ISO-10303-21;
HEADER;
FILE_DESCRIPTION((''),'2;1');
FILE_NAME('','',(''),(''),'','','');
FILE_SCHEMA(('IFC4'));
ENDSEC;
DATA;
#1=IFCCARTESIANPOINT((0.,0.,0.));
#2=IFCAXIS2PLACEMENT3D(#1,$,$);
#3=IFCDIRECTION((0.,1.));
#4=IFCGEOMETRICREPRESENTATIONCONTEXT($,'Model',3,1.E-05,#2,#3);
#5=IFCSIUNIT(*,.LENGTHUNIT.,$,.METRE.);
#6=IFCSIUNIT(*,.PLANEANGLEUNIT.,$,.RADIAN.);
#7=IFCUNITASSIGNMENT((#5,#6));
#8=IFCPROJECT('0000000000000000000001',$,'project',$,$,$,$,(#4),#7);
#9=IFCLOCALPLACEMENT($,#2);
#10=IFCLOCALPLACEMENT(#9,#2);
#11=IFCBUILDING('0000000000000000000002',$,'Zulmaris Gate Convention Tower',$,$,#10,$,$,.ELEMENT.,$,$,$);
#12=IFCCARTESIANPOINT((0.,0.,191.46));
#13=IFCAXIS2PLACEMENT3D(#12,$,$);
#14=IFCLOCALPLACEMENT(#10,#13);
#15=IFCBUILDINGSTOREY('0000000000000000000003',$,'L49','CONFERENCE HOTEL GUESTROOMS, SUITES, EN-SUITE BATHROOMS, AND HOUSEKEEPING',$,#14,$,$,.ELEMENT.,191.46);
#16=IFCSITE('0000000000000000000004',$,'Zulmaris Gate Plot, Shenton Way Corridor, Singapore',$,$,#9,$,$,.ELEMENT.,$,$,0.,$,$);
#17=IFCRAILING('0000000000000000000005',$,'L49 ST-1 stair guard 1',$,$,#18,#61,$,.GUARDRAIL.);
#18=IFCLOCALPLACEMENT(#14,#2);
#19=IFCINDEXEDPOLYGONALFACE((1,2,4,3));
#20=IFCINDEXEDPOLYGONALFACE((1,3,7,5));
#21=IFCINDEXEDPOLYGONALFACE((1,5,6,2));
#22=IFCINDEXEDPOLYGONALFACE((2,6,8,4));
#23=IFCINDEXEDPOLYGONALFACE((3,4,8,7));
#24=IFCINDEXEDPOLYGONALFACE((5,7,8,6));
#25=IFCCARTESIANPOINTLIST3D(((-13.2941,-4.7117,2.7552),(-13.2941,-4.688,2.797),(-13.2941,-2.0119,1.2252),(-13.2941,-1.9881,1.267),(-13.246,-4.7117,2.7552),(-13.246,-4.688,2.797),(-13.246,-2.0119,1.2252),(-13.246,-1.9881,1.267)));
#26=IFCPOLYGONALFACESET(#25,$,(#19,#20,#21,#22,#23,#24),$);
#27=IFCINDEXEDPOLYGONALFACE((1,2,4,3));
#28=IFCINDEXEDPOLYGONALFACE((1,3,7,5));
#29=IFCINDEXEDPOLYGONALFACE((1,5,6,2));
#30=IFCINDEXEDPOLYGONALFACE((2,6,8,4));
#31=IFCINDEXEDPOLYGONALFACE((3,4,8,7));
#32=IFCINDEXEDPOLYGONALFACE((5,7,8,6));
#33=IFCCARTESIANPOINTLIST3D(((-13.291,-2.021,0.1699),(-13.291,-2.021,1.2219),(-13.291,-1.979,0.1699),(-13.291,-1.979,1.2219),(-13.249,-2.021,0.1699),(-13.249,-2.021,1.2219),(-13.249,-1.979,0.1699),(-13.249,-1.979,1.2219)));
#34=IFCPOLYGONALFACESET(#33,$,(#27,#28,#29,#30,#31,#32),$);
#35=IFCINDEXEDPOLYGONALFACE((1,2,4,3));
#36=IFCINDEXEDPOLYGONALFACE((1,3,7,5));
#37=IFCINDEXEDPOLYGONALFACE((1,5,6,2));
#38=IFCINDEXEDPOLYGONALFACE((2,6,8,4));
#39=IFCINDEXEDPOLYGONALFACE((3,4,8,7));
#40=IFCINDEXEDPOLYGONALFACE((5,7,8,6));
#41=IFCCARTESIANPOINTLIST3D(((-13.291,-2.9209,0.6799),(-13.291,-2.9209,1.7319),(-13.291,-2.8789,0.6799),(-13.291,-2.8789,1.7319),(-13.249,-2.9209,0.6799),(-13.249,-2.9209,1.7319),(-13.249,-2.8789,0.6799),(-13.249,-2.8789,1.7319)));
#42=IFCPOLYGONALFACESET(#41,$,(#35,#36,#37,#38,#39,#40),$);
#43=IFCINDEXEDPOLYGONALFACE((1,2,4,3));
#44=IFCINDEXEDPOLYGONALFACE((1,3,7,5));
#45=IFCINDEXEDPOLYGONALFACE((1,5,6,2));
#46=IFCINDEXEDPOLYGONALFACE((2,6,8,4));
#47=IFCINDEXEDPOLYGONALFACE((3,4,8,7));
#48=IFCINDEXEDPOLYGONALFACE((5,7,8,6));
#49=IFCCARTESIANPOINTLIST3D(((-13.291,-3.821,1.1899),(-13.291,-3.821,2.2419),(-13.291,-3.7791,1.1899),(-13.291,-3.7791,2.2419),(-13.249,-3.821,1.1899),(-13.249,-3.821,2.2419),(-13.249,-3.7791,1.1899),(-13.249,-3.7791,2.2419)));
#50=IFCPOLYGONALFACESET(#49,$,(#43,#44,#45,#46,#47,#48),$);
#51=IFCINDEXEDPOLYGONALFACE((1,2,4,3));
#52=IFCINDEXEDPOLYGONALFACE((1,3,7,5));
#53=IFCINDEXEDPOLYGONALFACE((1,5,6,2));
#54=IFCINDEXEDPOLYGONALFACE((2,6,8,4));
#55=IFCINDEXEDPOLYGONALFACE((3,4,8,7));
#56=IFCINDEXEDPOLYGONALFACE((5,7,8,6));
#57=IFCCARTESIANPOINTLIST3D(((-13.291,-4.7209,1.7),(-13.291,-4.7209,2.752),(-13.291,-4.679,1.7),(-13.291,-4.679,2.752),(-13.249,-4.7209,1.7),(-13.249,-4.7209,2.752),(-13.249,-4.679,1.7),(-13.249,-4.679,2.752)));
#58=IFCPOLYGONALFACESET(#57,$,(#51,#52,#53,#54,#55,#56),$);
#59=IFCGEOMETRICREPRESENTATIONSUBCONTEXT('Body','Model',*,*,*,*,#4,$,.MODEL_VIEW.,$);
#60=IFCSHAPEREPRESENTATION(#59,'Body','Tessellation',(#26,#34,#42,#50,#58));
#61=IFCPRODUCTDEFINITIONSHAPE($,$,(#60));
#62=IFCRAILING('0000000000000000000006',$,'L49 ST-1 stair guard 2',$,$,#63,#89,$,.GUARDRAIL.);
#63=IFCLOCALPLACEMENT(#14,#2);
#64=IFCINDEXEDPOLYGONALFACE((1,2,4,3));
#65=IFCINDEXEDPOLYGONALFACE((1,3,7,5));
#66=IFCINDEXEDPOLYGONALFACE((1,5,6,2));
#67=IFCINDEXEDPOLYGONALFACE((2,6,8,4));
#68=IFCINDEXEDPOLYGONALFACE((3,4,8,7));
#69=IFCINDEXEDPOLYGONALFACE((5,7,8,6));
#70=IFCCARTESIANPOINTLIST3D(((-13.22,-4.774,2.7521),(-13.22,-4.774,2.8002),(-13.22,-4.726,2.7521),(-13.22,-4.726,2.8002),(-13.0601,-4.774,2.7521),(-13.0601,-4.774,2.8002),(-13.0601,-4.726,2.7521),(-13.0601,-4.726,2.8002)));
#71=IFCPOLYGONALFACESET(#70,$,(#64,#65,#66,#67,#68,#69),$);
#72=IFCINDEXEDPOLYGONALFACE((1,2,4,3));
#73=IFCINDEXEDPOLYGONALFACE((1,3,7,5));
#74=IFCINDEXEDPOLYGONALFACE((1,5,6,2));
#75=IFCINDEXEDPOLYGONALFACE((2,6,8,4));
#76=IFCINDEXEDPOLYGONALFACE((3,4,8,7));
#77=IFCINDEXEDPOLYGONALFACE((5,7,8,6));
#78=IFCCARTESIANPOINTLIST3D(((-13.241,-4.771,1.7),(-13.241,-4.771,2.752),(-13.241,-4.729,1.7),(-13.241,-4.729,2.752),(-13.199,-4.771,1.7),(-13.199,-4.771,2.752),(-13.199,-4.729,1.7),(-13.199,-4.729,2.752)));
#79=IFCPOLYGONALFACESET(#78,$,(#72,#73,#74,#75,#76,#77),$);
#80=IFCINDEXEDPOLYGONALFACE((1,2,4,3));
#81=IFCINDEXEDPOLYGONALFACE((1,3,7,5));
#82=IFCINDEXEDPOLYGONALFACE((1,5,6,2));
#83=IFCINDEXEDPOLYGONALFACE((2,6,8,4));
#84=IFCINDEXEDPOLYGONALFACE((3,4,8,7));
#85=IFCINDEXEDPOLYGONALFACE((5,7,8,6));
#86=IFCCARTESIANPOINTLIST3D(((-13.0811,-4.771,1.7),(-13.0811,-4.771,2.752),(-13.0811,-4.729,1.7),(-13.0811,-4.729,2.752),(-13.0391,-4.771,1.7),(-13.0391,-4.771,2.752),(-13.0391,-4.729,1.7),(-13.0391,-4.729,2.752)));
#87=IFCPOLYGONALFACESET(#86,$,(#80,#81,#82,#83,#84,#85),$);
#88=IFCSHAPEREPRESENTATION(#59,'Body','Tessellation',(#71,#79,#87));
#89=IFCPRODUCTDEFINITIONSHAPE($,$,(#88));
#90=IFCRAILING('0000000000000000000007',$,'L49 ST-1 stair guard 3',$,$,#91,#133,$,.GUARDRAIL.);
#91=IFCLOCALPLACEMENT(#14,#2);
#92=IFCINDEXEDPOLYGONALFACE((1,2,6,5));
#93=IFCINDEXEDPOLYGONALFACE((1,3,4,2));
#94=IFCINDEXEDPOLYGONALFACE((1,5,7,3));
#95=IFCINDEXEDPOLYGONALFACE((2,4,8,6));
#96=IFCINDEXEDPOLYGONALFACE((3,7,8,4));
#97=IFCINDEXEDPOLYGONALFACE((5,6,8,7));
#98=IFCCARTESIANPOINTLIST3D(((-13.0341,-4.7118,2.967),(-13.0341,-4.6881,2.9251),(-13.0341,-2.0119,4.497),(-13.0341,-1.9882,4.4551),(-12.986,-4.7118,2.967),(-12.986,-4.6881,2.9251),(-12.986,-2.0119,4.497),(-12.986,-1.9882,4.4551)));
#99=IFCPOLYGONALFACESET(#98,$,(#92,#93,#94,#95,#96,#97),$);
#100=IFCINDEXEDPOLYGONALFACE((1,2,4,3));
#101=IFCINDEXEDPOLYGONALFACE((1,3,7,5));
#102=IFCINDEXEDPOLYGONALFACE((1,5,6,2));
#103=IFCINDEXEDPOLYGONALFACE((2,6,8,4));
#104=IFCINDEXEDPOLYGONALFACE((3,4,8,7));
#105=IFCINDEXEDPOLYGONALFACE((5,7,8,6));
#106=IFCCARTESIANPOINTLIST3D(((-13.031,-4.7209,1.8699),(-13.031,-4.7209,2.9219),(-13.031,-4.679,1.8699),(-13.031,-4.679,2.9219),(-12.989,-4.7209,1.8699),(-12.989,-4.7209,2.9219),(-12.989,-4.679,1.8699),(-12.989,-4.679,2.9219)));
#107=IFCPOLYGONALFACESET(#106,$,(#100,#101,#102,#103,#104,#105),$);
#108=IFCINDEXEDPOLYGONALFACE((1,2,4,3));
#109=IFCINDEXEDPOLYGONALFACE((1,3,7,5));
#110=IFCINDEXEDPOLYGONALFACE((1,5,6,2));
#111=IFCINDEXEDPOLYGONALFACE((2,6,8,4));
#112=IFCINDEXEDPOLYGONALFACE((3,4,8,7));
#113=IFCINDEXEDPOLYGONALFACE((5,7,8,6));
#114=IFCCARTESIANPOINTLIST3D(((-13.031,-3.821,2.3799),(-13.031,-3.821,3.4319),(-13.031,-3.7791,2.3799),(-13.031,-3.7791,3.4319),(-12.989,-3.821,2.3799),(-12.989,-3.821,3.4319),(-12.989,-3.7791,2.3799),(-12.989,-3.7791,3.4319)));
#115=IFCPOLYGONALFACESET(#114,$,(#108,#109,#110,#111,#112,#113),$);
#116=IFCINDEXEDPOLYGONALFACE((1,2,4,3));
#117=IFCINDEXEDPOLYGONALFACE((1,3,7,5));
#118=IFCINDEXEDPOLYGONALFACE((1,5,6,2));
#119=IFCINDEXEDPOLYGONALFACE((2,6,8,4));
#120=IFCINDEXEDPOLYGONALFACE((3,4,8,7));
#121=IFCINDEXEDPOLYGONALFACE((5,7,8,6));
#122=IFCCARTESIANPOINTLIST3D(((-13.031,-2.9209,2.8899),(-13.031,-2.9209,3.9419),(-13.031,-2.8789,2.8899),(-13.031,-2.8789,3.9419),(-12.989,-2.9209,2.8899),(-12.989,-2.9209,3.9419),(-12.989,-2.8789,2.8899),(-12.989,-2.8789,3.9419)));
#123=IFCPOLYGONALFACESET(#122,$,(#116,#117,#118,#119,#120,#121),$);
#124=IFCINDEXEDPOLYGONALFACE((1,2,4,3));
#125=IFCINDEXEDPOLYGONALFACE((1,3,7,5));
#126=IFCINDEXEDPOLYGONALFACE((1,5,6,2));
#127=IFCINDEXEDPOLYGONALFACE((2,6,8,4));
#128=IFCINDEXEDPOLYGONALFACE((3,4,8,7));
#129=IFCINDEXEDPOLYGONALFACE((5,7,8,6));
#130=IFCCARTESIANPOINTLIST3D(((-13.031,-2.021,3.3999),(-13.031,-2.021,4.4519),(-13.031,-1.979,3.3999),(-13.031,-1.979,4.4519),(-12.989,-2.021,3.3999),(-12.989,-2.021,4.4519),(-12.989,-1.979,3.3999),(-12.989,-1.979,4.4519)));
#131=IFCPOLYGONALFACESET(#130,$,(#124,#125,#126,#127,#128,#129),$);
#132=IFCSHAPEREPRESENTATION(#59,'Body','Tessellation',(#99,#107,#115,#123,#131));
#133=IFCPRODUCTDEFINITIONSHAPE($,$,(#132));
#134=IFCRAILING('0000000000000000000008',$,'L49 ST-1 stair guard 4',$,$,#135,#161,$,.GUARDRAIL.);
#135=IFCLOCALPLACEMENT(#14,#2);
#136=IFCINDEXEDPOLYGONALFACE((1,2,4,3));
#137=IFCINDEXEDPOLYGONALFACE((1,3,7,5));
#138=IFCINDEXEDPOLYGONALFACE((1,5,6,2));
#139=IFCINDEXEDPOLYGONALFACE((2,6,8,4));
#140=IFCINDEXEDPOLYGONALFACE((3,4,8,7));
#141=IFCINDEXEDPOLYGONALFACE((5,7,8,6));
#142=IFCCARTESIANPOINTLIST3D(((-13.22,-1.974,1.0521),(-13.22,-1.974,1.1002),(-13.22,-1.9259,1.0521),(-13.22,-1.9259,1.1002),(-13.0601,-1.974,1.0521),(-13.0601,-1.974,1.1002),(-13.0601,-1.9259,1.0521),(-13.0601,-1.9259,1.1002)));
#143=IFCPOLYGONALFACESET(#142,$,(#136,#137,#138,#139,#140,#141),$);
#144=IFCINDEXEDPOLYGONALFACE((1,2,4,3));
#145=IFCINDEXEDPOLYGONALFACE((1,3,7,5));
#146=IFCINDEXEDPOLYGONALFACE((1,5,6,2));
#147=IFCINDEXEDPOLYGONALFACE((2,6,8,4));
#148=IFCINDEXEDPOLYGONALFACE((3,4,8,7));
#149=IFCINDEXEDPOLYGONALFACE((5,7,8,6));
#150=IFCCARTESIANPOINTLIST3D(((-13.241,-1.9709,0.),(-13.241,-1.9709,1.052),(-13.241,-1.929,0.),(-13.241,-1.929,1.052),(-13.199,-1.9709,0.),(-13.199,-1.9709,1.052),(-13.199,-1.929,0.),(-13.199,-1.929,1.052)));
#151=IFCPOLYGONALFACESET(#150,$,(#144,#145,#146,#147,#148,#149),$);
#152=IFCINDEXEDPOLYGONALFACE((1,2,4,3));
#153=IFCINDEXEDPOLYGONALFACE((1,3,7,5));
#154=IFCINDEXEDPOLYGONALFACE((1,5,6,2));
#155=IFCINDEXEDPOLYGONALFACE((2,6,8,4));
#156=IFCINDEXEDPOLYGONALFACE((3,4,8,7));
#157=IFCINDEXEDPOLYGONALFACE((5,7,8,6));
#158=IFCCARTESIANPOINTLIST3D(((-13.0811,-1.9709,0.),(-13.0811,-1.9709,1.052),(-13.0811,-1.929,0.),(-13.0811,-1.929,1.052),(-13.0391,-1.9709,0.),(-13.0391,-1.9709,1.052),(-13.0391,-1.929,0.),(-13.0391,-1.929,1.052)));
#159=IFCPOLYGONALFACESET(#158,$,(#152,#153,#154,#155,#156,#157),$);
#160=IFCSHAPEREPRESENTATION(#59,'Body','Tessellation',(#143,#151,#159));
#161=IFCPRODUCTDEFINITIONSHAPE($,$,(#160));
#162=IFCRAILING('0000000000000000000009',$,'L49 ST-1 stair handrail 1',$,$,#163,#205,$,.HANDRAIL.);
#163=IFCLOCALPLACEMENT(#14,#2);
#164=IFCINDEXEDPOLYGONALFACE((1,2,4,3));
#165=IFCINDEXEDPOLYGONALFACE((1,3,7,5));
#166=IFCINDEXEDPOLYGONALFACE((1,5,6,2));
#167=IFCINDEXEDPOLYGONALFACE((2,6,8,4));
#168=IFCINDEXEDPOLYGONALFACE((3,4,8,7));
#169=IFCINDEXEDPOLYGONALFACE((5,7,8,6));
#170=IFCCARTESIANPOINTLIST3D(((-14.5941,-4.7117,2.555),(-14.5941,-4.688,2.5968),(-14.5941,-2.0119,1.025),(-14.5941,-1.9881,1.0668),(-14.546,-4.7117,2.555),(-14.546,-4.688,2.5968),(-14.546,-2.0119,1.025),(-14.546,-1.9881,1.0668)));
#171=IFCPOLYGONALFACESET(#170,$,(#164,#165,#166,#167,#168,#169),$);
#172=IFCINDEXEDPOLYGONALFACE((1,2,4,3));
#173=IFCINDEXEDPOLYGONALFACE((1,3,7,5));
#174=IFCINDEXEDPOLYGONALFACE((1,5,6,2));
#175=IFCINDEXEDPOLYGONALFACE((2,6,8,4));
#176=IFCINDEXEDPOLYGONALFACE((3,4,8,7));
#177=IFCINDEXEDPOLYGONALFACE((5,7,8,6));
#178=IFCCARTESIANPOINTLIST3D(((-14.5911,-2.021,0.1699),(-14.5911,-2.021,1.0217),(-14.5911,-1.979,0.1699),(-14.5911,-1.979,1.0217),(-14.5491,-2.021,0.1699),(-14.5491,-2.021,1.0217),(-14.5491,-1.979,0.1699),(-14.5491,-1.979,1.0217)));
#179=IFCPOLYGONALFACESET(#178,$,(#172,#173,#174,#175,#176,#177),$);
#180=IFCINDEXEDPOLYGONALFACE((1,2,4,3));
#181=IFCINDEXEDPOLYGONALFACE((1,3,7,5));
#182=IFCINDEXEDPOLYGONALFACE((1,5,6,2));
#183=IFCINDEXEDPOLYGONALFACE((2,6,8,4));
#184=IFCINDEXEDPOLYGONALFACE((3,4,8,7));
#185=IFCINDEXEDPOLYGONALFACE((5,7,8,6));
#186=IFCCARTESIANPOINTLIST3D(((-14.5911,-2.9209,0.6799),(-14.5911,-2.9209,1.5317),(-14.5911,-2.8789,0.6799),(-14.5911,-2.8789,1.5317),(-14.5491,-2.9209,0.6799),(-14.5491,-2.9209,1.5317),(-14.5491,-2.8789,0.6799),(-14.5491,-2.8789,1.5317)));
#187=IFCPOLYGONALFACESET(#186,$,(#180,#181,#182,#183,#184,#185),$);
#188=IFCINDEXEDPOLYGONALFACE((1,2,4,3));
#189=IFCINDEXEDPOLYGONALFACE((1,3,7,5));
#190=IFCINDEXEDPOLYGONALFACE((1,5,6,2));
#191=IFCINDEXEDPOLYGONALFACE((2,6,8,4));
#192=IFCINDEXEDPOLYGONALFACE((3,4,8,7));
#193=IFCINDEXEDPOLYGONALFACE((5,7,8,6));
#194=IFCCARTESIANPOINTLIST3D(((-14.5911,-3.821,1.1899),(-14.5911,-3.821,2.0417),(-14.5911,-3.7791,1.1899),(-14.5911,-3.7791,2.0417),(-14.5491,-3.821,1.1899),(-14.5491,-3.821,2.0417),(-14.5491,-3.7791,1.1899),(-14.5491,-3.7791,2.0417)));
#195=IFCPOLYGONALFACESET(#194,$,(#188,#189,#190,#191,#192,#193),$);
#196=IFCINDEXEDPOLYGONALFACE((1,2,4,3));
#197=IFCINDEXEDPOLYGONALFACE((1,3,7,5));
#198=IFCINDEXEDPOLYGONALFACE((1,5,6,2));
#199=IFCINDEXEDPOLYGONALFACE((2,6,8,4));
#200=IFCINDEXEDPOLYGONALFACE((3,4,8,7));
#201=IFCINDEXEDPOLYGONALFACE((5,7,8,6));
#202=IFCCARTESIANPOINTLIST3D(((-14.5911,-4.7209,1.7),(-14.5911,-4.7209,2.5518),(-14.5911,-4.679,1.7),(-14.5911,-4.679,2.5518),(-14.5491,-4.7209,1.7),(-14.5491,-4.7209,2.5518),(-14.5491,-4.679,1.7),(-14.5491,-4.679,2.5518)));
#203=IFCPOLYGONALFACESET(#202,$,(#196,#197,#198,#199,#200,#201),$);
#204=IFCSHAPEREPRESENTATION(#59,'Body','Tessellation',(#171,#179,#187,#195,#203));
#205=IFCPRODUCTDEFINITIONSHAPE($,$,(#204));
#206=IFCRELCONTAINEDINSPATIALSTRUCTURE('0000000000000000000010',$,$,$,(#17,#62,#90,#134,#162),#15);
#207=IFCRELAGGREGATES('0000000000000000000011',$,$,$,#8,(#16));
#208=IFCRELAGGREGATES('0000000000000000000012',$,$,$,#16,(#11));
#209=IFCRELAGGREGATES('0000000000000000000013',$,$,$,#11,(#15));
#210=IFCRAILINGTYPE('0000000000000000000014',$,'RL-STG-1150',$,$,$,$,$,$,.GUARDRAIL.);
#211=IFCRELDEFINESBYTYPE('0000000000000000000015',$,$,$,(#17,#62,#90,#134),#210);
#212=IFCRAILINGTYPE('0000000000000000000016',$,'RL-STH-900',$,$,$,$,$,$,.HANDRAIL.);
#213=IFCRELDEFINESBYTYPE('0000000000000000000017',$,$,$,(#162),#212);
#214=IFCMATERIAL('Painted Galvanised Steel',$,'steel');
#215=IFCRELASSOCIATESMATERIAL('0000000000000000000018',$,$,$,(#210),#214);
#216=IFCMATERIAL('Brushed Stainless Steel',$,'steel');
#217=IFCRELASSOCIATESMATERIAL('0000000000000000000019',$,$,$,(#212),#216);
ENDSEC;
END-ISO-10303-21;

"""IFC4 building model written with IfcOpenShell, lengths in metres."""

from ifc_helpers import new_model, si_unit, direction, frame, origin, origin_2d, place, context, subcontext, project, spatial, rectangle, extrude, material, type_object, element, save


model = new_model("IFC4")

# Units and contexts
model_context = context("Model", 3, precision=1e-05, world=origin(), true_north=direction((0.0, 1.0)))
body_context = subcontext(model_context, "Body", "Model", "MODEL_VIEW")
ifc_project = project(units=[si_unit("LENGTHUNIT", "METRE"), si_unit("PLANEANGLEUNIT", "RADIAN")], contexts=[model_context])

# Site, building, storey
site_placement = place(None, origin())
site = spatial("IfcSite", under=ifc_project, at=site_placement, Name="Zulmaris Gate Plot, Shenton Way Corridor, Singapore", CompositionType="ELEMENT", RefElevation=0.0)
building_placement = place(site_placement, origin())
building = spatial("IfcBuilding", under=site, at=building_placement, Name="Zulmaris Gate Convention Tower", CompositionType="ELEMENT")
storey_placement = place(building_placement, frame((0.0, 0.0, 191.46)))
storey = spatial("IfcBuildingStorey", under=building, at=storey_placement, Name="L49", Description="CONFERENCE HOTEL GUESTROOMS, SUITES, EN-SUITE BATHROOMS, AND HOUSEKEEPING", CompositionType="ELEMENT", Elevation=191.46)

# Railings
ifc_material_1 = material(Name="Painted Galvanised Steel", Category="steel")
railing_type_1 = type_object("IfcRailingType", Name="RL-STG-1150", PredefinedType="GUARDRAIL", material=ifc_material_1)
railing_1_placement = place(storey_placement, frame((-13.27, -2.0, 0.1699)))
element("IfcRailing", 1, at=railing_1_placement, inside=storey, type_object=railing_type_1, Name="L49 ST-1 stair guard 1", PredefinedType="GUARDRAIL", context=body_context, shape_type="SweptSolid", body=[
    extrude(rectangle(XDim=0.0481, YDim=0.0481, at=origin_2d()), frame((0.0, 0.0, 1.0762), z_axis=(0.0, -0.870014, 0.493026), x_axis=(1.0, 0.0, 0.0)), (0.0, 0.0, 1.0), 3.1033),
    extrude(rectangle(XDim=0.042, YDim=0.042, at=origin_2d()), origin(), (0.0, 0.0, 1.0), 1.052),
    extrude(rectangle(XDim=0.042, YDim=0.042, at=origin_2d()), frame((0.0, -0.8999, 0.51)), (0.0, 0.0, 1.0), 1.052),
    extrude(rectangle(XDim=0.042, YDim=0.042, at=origin_2d()), frame((0.0, -1.8, 1.02)), (0.0, 0.0, 1.0), 1.052),
    extrude(rectangle(XDim=0.042, YDim=0.042, at=origin_2d()), frame((0.0, -2.7, 1.53)), (0.0, 0.0, 1.0), 1.052),
])
railing_2_placement = place(storey_placement, frame((-13.22, -4.75, 1.7)))
element("IfcRailing", 2, at=railing_2_placement, inside=storey, type_object=railing_type_1, Name="L49 ST-1 stair guard 2", PredefinedType="GUARDRAIL", context=body_context, shape_type="SweptSolid", body=[
    extrude(rectangle(XDim=0.0481, YDim=0.0481, at=origin_2d()), frame((0.0, 0.0, 1.0762), z_axis=(1.0, 0.0, 0.0), x_axis=(0.0, 1.0, 0.0)), (0.0, 0.0, 1.0), 0.1599),
    extrude(rectangle(XDim=0.042, YDim=0.042, at=origin_2d()), origin(), (0.0, 0.0, 1.0), 1.052),
    extrude(rectangle(XDim=0.042, YDim=0.042, at=origin_2d()), frame((0.1599, 0.0, 0.0)), (0.0, 0.0, 1.0), 1.052),
])
railing_3_placement = place(storey_placement, frame((-13.01, -4.7, 1.8699)))
element("IfcRailing", 3, at=railing_3_placement, inside=storey, type_object=railing_type_1, Name="L49 ST-1 stair guard 3", PredefinedType="GUARDRAIL", context=body_context, shape_type="SweptSolid", body=[
    extrude(rectangle(XDim=0.0481, YDim=0.0481, at=origin_2d()), frame((0.0, 0.0, 1.0762), z_axis=(0.0, 0.870014, 0.493026), x_axis=(-1.0, 0.0, 0.0)), (0.0, 0.0, 1.0), 3.1033),
    extrude(rectangle(XDim=0.042, YDim=0.042, at=origin_2d()), origin(), (0.0, 0.0, 1.0), 1.052),
    extrude(rectangle(XDim=0.042, YDim=0.042, at=origin_2d()), frame((0.0, 0.8999, 0.51)), (0.0, 0.0, 1.0), 1.052),
    extrude(rectangle(XDim=0.042, YDim=0.042, at=origin_2d()), frame((0.0, 1.8, 1.02)), (0.0, 0.0, 1.0), 1.052),
    extrude(rectangle(XDim=0.042, YDim=0.042, at=origin_2d()), frame((0.0, 2.7, 1.53)), (0.0, 0.0, 1.0), 1.052),
])
railing_4_placement = place(storey_placement, frame((-13.22, -1.95, 0.0)))
element("IfcRailing", 4, at=railing_4_placement, inside=storey, type_object=railing_type_1, Name="L49 ST-1 stair guard 4", PredefinedType="GUARDRAIL", context=body_context, shape_type="SweptSolid", body=[
    extrude(rectangle(XDim=0.0481, YDim=0.0481, at=origin_2d()), frame((0.0, 0.0, 1.0762), z_axis=(1.0, 0.0, 0.0), x_axis=(0.0, 1.0, 0.0)), (0.0, 0.0, 1.0), 0.1599),
    extrude(rectangle(XDim=0.042, YDim=0.042, at=origin_2d()), origin(), (0.0, 0.0, 1.0), 1.052),
    extrude(rectangle(XDim=0.042, YDim=0.042, at=origin_2d()), frame((0.1599, 0.0, 0.0)), (0.0, 0.0, 1.0), 1.052),
])
ifc_material_2 = material(Name="Brushed Stainless Steel", Category="steel")
railing_type_2 = type_object("IfcRailingType", Name="RL-STH-900", PredefinedType="HANDRAIL", material=ifc_material_2)
railing_5_placement = place(storey_placement, frame((-14.5701, -2.0, 0.1699)))
element("IfcRailing", 5, at=railing_5_placement, inside=storey, type_object=railing_type_2, Name="L49 ST-1 stair handrail 1", PredefinedType="HANDRAIL", context=body_context, shape_type="SweptSolid", body=[
    extrude(rectangle(XDim=0.0481, YDim=0.0481, at=origin_2d()), frame((0.0, 0.0, 0.876), z_axis=(0.0, -0.870014, 0.493026), x_axis=(1.0, 0.0, 0.0)), (0.0, 0.0, 1.0), 3.1033),
    extrude(rectangle(XDim=0.042, YDim=0.042, at=origin_2d()), origin(), (0.0, 0.0, 1.0), 0.8518),
    extrude(rectangle(XDim=0.042, YDim=0.042, at=origin_2d()), frame((0.0, -0.8999, 0.51)), (0.0, 0.0, 1.0), 0.8518),
    extrude(rectangle(XDim=0.042, YDim=0.042, at=origin_2d()), frame((0.0, -1.8, 1.02)), (0.0, 0.0, 1.0), 0.8518),
    extrude(rectangle(XDim=0.042, YDim=0.042, at=origin_2d()), frame((0.0, -2.7, 1.53)), (0.0, 0.0, 1.0), 0.8518),
])

save(model, "model.ifc")
